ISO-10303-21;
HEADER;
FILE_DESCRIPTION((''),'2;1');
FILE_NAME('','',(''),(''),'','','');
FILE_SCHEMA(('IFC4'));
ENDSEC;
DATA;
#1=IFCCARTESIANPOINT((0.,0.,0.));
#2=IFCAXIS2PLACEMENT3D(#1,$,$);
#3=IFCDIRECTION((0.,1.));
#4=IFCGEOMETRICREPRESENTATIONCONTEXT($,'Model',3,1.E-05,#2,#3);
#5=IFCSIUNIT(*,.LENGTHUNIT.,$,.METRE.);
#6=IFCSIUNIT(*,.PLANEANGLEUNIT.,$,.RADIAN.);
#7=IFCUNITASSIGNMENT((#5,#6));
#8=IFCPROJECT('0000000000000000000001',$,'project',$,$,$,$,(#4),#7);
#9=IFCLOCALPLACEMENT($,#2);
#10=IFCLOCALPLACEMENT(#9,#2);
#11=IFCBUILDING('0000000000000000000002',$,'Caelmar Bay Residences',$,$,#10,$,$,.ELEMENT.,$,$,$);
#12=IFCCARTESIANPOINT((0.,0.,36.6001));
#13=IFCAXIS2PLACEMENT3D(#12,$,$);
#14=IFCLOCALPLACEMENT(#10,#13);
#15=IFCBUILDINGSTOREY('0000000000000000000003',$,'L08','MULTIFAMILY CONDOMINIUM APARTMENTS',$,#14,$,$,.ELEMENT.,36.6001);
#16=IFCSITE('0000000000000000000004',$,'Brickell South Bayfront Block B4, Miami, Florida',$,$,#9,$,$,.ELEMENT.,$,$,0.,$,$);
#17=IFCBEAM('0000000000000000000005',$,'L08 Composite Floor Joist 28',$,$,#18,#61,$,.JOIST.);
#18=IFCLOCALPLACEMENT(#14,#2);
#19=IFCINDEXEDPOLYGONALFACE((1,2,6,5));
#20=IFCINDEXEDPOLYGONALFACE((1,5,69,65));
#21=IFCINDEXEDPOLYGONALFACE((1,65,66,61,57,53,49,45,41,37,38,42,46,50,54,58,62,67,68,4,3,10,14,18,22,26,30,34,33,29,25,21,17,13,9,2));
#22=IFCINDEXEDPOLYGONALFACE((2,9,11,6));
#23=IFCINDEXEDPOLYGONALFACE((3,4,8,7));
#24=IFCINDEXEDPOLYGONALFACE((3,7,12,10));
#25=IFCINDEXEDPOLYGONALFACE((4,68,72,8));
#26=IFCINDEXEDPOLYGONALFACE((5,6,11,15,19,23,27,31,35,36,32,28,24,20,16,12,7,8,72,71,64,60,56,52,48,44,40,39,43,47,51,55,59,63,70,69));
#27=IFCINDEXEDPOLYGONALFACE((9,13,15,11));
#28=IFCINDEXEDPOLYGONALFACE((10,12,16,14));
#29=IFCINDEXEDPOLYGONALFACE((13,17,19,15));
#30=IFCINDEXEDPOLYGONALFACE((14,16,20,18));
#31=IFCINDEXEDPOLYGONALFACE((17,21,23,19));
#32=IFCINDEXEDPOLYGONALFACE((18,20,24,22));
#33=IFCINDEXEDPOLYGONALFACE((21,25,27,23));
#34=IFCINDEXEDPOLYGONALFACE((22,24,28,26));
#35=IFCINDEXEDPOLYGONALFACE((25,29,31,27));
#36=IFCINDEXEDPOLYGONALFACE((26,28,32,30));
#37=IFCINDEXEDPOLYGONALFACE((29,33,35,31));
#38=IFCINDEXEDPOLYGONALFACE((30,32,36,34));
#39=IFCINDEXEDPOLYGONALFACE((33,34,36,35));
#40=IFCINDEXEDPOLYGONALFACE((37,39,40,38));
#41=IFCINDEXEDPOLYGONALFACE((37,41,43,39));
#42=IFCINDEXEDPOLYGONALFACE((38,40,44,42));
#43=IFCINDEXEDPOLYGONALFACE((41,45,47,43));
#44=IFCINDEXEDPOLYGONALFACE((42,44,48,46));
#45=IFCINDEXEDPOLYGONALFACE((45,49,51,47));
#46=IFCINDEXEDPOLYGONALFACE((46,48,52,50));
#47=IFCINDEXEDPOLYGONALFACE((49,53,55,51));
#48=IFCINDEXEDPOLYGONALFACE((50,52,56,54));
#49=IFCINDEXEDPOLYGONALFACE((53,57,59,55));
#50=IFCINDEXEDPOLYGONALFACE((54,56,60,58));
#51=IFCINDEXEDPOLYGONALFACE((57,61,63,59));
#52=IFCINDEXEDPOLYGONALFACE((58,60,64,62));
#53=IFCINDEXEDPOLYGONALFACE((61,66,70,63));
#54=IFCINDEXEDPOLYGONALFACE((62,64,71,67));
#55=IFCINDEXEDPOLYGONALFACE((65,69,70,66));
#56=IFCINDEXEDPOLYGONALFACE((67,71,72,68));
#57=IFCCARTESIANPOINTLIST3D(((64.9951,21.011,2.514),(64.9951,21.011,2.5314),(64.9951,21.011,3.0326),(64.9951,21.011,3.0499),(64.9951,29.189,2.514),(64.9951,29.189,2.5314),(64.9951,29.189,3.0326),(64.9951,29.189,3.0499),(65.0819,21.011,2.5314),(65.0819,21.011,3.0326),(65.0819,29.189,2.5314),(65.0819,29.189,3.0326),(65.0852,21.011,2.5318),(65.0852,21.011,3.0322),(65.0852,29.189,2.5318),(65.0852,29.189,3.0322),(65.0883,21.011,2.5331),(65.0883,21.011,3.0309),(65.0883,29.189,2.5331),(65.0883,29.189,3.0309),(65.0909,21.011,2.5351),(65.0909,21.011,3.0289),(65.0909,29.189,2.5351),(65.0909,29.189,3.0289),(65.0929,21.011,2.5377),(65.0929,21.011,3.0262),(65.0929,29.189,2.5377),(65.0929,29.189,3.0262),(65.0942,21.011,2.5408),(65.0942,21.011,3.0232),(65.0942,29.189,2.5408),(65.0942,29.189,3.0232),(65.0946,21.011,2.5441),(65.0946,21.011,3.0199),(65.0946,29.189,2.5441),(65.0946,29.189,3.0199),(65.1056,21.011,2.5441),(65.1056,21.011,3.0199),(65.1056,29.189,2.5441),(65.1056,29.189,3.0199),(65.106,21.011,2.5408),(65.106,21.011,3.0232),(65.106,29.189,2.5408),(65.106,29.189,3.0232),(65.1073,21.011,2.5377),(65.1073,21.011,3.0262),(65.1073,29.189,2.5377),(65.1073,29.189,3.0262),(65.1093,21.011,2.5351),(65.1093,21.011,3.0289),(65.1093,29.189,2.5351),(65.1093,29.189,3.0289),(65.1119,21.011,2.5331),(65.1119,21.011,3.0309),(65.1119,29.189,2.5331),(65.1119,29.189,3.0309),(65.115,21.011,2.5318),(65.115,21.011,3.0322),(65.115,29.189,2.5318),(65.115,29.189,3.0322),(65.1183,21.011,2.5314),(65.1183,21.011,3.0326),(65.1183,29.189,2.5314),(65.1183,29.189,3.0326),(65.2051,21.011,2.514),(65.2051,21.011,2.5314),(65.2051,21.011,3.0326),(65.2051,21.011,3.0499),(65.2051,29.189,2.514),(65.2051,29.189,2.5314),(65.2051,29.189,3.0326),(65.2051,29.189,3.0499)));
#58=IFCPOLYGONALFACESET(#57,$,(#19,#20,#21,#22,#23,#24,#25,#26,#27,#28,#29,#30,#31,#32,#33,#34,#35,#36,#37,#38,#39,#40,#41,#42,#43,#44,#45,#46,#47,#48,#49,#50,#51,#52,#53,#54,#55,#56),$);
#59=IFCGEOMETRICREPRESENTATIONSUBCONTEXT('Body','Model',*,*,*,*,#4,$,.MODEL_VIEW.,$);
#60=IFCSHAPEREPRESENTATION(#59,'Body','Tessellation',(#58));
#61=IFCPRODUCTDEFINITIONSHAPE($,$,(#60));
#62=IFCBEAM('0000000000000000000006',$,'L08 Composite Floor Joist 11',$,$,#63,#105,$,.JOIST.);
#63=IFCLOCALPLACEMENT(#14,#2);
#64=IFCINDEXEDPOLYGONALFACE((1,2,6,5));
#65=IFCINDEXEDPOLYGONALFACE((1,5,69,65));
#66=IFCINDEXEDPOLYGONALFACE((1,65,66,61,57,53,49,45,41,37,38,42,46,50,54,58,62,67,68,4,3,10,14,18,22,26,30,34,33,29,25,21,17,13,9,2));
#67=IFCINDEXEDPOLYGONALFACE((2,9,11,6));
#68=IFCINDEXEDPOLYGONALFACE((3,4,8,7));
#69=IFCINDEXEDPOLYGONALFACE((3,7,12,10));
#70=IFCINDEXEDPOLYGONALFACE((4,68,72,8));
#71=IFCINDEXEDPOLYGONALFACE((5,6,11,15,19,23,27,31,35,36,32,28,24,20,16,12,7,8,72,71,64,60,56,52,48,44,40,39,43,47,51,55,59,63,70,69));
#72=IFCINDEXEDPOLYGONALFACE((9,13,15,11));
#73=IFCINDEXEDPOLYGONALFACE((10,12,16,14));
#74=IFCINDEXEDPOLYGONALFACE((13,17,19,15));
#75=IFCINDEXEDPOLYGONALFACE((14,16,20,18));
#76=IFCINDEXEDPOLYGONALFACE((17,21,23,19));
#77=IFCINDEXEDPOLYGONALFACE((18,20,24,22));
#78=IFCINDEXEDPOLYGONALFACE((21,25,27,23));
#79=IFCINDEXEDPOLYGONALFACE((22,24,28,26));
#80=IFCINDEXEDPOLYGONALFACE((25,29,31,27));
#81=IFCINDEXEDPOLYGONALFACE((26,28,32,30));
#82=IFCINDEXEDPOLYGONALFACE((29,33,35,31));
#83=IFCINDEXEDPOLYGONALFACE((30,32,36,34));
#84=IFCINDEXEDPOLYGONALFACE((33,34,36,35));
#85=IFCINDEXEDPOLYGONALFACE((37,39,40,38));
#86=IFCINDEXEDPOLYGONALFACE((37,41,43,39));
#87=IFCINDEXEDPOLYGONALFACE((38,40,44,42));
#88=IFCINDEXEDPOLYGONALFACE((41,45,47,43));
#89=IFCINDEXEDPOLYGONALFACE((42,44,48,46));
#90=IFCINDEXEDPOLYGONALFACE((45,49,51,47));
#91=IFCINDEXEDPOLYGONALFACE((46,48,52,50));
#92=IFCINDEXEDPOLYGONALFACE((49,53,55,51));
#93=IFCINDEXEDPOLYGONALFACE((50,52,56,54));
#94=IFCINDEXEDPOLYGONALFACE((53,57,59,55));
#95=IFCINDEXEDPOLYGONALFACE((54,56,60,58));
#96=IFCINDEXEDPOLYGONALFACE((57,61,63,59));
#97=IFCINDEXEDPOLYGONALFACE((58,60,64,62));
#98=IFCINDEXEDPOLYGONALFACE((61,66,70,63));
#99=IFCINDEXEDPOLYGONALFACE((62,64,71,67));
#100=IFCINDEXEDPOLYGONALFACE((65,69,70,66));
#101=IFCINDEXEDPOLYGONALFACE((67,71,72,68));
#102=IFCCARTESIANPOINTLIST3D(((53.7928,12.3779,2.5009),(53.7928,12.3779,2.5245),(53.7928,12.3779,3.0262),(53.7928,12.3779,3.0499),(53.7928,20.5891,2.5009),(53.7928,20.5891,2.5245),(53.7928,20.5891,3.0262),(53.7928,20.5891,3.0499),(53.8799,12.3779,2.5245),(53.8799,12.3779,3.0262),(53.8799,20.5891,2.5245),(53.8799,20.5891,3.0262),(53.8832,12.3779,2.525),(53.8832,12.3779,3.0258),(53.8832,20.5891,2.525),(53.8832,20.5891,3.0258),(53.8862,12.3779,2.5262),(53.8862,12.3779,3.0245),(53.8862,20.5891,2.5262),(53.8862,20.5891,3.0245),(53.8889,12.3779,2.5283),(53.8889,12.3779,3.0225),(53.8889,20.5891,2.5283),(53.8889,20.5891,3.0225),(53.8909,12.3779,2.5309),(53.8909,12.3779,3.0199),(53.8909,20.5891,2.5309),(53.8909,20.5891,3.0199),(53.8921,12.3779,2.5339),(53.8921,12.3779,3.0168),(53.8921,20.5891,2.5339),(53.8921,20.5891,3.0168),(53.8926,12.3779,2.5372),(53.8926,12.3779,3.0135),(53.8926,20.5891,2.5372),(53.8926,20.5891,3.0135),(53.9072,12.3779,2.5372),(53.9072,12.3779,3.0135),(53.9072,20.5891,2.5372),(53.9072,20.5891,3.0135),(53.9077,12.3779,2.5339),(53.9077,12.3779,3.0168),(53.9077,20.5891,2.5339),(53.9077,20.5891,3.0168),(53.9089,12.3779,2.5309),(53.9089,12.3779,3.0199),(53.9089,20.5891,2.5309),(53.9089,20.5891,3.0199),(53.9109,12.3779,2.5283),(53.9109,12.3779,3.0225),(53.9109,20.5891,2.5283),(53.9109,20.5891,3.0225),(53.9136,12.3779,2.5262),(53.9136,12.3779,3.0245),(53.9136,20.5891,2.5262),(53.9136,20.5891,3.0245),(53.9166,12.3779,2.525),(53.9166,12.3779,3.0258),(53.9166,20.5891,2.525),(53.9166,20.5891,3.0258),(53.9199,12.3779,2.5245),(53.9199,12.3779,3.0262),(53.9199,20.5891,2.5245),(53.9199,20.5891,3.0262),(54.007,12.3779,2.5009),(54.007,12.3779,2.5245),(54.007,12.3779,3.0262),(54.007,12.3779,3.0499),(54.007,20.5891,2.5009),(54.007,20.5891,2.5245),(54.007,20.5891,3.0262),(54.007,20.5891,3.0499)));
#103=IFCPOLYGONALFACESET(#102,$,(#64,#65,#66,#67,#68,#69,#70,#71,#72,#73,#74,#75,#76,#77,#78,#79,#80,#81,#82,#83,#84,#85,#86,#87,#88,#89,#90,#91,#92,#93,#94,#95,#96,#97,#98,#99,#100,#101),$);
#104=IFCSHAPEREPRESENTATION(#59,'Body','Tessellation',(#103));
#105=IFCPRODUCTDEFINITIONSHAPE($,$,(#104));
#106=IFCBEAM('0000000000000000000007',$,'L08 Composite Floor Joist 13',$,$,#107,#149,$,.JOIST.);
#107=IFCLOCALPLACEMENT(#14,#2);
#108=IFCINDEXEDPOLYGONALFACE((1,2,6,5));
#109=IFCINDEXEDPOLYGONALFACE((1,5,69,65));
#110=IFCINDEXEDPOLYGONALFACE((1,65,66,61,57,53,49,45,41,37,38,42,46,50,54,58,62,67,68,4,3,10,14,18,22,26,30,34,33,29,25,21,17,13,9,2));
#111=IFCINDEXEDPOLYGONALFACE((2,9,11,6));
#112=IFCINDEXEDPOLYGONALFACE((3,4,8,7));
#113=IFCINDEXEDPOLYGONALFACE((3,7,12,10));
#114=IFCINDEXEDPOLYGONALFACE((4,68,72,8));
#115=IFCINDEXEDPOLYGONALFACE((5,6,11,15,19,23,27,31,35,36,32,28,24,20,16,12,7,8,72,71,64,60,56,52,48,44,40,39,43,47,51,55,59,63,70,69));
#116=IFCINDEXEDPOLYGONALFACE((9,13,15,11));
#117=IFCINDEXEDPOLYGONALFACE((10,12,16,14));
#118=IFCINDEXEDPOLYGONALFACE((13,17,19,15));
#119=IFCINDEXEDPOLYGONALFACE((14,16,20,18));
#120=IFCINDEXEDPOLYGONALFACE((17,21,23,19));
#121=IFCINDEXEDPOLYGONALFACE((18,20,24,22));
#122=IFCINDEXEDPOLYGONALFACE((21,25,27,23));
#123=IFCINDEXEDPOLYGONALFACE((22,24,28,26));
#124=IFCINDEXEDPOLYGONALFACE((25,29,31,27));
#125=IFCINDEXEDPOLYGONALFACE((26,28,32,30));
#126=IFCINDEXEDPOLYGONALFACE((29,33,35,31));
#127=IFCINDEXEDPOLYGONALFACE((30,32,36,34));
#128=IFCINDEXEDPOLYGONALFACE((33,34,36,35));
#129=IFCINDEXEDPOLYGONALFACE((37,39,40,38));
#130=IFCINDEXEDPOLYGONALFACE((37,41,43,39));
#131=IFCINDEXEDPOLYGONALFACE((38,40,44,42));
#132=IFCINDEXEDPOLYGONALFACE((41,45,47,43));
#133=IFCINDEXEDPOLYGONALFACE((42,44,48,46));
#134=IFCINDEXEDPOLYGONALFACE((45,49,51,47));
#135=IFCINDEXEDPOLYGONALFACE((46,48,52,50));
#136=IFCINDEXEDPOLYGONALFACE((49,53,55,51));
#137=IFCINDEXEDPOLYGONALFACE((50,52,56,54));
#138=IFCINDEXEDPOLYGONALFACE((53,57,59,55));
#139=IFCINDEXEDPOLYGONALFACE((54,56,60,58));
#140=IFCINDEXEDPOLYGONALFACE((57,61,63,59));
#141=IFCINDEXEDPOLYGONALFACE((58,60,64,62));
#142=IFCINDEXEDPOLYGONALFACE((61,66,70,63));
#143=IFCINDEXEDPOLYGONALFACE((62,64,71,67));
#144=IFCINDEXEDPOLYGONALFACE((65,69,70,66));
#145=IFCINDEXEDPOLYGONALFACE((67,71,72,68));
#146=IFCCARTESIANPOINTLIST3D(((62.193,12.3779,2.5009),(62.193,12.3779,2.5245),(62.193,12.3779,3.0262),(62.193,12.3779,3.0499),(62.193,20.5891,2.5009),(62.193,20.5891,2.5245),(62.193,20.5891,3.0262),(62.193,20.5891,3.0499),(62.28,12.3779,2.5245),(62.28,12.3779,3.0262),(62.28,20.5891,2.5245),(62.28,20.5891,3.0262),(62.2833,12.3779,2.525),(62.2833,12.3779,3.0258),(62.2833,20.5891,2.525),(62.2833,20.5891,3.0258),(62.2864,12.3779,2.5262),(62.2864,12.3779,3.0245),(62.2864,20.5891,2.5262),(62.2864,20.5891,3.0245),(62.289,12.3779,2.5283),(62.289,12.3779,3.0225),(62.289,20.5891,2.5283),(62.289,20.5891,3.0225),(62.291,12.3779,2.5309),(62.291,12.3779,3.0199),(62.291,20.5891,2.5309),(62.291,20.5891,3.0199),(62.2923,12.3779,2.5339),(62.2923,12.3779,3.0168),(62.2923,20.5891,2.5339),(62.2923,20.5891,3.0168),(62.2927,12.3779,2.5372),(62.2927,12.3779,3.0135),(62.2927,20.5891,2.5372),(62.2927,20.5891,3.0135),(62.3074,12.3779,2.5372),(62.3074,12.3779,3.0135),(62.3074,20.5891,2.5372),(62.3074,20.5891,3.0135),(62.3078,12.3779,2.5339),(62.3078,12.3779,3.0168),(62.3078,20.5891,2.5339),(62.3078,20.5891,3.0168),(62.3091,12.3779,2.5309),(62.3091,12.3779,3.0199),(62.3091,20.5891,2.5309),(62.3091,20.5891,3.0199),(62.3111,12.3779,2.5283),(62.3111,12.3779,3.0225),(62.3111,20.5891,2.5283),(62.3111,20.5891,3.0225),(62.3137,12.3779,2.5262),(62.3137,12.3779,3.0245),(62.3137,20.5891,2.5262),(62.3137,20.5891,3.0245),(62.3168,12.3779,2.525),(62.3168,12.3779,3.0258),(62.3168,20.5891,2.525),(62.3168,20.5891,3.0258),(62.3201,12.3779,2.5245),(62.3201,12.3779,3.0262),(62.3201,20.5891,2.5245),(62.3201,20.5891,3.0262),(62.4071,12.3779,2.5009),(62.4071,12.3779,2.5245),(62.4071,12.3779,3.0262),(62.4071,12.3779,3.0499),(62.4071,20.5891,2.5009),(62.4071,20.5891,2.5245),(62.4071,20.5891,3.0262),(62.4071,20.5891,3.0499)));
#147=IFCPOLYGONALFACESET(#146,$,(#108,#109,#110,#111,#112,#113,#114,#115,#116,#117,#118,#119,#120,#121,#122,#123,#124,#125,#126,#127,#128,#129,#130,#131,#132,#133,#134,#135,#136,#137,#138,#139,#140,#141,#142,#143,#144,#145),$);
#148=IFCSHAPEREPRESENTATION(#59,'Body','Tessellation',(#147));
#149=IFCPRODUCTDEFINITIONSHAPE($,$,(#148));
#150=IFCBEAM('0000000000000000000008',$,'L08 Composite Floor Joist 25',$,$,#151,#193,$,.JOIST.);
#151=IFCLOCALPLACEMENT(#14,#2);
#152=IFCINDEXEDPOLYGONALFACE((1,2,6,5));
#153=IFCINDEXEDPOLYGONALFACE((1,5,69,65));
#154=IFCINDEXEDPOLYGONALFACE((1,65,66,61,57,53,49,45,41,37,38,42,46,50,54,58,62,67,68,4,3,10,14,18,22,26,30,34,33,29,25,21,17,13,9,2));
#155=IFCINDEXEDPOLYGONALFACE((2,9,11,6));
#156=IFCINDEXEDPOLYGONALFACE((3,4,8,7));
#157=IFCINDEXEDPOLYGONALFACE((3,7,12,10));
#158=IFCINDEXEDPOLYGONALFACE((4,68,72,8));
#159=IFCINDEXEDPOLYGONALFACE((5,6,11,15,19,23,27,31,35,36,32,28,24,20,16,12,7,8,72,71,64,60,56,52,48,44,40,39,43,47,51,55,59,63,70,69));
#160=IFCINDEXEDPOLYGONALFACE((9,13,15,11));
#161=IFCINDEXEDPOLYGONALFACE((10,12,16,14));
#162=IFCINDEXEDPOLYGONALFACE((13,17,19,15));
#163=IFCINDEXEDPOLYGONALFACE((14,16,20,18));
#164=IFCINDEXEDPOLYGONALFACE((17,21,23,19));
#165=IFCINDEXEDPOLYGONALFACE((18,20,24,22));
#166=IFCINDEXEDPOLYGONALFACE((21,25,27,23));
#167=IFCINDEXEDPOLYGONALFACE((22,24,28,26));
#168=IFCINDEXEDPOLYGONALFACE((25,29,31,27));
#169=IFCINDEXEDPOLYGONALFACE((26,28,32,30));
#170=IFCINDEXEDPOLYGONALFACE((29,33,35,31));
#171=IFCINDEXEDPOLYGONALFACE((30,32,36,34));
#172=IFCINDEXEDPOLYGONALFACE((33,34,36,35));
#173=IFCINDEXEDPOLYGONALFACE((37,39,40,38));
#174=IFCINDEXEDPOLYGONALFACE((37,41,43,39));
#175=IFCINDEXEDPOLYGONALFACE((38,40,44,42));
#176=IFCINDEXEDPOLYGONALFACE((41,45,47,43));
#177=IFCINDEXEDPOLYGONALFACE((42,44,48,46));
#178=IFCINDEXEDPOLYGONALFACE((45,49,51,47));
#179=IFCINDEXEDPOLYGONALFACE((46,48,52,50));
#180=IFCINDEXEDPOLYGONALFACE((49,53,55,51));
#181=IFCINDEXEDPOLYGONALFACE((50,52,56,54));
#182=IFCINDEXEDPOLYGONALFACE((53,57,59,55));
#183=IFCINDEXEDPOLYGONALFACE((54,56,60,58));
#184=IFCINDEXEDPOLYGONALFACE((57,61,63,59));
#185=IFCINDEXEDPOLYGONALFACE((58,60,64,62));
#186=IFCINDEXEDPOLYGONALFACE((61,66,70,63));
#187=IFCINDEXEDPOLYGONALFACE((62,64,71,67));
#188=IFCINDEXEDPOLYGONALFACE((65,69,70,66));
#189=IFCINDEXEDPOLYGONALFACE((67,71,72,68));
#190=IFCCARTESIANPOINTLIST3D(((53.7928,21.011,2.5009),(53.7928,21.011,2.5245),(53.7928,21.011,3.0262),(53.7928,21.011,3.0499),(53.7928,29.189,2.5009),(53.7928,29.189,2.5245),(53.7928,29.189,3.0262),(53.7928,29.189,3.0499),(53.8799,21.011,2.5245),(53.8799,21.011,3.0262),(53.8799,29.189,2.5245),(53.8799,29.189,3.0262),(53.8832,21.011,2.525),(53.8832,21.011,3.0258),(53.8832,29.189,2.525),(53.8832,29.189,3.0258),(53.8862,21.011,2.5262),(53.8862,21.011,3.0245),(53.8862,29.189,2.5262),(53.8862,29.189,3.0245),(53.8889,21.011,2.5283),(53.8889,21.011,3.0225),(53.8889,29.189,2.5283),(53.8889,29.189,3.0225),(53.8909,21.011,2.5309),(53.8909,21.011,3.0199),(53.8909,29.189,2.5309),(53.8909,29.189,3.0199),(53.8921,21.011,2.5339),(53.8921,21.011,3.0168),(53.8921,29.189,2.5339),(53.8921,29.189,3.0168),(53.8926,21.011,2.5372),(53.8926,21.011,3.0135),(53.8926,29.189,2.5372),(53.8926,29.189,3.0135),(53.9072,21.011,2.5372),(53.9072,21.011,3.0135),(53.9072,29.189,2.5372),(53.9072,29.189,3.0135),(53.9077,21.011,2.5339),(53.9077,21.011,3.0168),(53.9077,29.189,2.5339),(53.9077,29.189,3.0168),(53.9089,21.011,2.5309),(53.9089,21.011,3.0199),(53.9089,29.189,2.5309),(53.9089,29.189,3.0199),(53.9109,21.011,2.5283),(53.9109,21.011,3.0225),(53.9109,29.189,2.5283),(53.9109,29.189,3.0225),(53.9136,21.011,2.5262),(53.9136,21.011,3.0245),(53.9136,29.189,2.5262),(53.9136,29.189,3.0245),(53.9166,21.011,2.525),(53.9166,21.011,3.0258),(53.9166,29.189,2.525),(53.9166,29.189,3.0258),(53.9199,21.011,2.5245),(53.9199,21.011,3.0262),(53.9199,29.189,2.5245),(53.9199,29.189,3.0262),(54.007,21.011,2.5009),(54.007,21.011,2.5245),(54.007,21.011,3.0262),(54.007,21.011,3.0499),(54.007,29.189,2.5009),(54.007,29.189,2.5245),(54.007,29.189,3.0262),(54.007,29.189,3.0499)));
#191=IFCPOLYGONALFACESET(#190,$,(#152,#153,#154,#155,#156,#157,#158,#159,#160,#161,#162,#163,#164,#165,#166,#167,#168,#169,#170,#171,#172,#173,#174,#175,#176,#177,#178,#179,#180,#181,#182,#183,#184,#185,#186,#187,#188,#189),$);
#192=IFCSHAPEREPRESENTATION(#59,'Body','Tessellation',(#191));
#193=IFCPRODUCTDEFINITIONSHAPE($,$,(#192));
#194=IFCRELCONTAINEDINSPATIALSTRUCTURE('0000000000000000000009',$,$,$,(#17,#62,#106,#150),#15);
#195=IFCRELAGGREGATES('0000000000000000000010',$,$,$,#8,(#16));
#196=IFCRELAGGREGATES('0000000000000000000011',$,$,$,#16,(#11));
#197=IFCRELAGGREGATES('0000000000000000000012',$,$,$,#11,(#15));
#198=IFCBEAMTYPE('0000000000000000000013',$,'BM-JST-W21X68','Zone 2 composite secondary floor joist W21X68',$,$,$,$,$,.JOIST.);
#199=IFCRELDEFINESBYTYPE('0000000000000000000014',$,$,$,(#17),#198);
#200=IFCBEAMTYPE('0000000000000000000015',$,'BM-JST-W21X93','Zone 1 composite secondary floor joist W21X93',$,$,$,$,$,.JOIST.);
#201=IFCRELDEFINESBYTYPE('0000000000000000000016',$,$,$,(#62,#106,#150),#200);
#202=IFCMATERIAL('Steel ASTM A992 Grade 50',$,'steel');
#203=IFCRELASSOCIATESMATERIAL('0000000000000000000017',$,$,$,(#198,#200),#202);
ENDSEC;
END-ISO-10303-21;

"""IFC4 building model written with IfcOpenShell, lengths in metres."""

from ifc_helpers import new_model, si_unit, direction, frame, origin, origin_2d, place, context, subcontext, project, spatial, i_section, extrude, material, material_profile, profile_set, type_object, element, save


model = new_model("IFC4")

# Units and contexts
model_context = context("Model", 3, precision=1e-05, world=origin(), true_north=direction((0.0, 1.0)))
body_context = subcontext(model_context, "Body", "Model", "MODEL_VIEW")
ifc_project = project(units=[si_unit("LENGTHUNIT", "METRE"), si_unit("PLANEANGLEUNIT", "RADIAN")], contexts=[model_context])

# Site, building, storey
site_placement = place(None, origin())
site = spatial("IfcSite", under=ifc_project, at=site_placement, Name="Brickell South Bayfront Block B4, Miami, Florida", CompositionType="ELEMENT", RefElevation=0.0)
building_placement = place(site_placement, origin())
building = spatial("IfcBuilding", under=site, at=building_placement, Name="Caelmar Bay Residences", CompositionType="ELEMENT")
storey_placement = place(building_placement, frame((0.0, 0.0, 36.6001)))
storey = spatial("IfcBuildingStorey", under=building, at=storey_placement, Name="L08", Description="MULTIFAMILY CONDOMINIUM APARTMENTS", CompositionType="ELEMENT", Elevation=36.6001)

# Beams
ifc_material_1 = material(Name="Steel ASTM A992 Grade 50", Category="steel")
ifc_material_profile_1 = material_profile(ifc_material_1, i_section(OverallWidth=0.21, OverallDepth=0.5359, WebThickness=0.011, FlangeThickness=0.0173, FilletRadius=0.0127, at=origin_2d()), Name="W21X68")
ifc_profile_set_1 = profile_set([ifc_material_profile_1], Name="Steel ASTM A992 Grade 50")
beam_type_1 = type_object("IfcBeamType", Name="BM-JST-W21X68", Description="Zone 2 composite secondary floor joist W21X68", PredefinedType="JOIST", material=ifc_profile_set_1)
for number, where, z_axis, x_axis, name in (
    (1, (65.1001, 21.011, 2.782), (0.0, 1.0, 0.0), (-1.0, 0.0, 0.0), "L08 Composite Floor Joist 28"),
):
    element("IfcBeam", number, at=place(storey_placement, frame(where, z_axis=z_axis, x_axis=x_axis)), inside=storey, type_object=beam_type_1, Name=name, PredefinedType="JOIST", context=body_context, shape_type="SweptSolid", body=[
        extrude(i_section(OverallWidth=0.21, OverallDepth=0.5359, WebThickness=0.011, FlangeThickness=0.0173, FilletRadius=0.0127, at=origin_2d()), origin(), (0.0, 0.0, 1.0), 8.178),
    ])
ifc_material_profile_2 = material_profile(ifc_material_1, i_section(OverallWidth=0.2141, OverallDepth=0.5491, WebThickness=0.0146, FlangeThickness=0.0237, FilletRadius=0.0127, at=origin_2d()), Name="W21X93")
ifc_profile_set_2 = profile_set([ifc_material_profile_2], Name="Steel ASTM A992 Grade 50")
beam_type_2 = type_object("IfcBeamType", Name="BM-JST-W21X93", Description="Zone 1 composite secondary floor joist W21X93", PredefinedType="JOIST", material=ifc_profile_set_2)
for number, where, z_axis, x_axis, name in (
    (2, (53.8999, 12.3779, 2.7754), (0.0, 1.0, 0.0), (-1.0, 0.0, 0.0), "L08 Composite Floor Joist 11"),
    (3, (62.3, 12.3779, 2.7754), (0.0, 1.0, 0.0), (-1.0, 0.0, 0.0), "L08 Composite Floor Joist 13"),
):
    element("IfcBeam", number, at=place(storey_placement, frame(where, z_axis=z_axis, x_axis=x_axis)), inside=storey, type_object=beam_type_2, Name=name, PredefinedType="JOIST", context=body_context, shape_type="SweptSolid", body=[
        extrude(i_section(OverallWidth=0.2141, OverallDepth=0.5491, WebThickness=0.0146, FlangeThickness=0.0237, FilletRadius=0.0127, at=origin_2d()), origin(), (0.0, 0.0, 1.0), 8.2112),
    ])
for number, where, z_axis, x_axis, name in (
    (4, (53.8999, 21.011, 2.7754), (0.0, 1.0, 0.0), (-1.0, 0.0, 0.0), "L08 Composite Floor Joist 25"),
):
    element("IfcBeam", number, at=place(storey_placement, frame(where, z_axis=z_axis, x_axis=x_axis)), inside=storey, type_object=beam_type_2, Name=name, PredefinedType="JOIST", context=body_context, shape_type="SweptSolid", body=[
        extrude(i_section(OverallWidth=0.2141, OverallDepth=0.5491, WebThickness=0.0146, FlangeThickness=0.0237, FilletRadius=0.0127, at=origin_2d()), origin(), (0.0, 0.0, 1.0), 8.178),
    ])

save(model, "model.ifc")
